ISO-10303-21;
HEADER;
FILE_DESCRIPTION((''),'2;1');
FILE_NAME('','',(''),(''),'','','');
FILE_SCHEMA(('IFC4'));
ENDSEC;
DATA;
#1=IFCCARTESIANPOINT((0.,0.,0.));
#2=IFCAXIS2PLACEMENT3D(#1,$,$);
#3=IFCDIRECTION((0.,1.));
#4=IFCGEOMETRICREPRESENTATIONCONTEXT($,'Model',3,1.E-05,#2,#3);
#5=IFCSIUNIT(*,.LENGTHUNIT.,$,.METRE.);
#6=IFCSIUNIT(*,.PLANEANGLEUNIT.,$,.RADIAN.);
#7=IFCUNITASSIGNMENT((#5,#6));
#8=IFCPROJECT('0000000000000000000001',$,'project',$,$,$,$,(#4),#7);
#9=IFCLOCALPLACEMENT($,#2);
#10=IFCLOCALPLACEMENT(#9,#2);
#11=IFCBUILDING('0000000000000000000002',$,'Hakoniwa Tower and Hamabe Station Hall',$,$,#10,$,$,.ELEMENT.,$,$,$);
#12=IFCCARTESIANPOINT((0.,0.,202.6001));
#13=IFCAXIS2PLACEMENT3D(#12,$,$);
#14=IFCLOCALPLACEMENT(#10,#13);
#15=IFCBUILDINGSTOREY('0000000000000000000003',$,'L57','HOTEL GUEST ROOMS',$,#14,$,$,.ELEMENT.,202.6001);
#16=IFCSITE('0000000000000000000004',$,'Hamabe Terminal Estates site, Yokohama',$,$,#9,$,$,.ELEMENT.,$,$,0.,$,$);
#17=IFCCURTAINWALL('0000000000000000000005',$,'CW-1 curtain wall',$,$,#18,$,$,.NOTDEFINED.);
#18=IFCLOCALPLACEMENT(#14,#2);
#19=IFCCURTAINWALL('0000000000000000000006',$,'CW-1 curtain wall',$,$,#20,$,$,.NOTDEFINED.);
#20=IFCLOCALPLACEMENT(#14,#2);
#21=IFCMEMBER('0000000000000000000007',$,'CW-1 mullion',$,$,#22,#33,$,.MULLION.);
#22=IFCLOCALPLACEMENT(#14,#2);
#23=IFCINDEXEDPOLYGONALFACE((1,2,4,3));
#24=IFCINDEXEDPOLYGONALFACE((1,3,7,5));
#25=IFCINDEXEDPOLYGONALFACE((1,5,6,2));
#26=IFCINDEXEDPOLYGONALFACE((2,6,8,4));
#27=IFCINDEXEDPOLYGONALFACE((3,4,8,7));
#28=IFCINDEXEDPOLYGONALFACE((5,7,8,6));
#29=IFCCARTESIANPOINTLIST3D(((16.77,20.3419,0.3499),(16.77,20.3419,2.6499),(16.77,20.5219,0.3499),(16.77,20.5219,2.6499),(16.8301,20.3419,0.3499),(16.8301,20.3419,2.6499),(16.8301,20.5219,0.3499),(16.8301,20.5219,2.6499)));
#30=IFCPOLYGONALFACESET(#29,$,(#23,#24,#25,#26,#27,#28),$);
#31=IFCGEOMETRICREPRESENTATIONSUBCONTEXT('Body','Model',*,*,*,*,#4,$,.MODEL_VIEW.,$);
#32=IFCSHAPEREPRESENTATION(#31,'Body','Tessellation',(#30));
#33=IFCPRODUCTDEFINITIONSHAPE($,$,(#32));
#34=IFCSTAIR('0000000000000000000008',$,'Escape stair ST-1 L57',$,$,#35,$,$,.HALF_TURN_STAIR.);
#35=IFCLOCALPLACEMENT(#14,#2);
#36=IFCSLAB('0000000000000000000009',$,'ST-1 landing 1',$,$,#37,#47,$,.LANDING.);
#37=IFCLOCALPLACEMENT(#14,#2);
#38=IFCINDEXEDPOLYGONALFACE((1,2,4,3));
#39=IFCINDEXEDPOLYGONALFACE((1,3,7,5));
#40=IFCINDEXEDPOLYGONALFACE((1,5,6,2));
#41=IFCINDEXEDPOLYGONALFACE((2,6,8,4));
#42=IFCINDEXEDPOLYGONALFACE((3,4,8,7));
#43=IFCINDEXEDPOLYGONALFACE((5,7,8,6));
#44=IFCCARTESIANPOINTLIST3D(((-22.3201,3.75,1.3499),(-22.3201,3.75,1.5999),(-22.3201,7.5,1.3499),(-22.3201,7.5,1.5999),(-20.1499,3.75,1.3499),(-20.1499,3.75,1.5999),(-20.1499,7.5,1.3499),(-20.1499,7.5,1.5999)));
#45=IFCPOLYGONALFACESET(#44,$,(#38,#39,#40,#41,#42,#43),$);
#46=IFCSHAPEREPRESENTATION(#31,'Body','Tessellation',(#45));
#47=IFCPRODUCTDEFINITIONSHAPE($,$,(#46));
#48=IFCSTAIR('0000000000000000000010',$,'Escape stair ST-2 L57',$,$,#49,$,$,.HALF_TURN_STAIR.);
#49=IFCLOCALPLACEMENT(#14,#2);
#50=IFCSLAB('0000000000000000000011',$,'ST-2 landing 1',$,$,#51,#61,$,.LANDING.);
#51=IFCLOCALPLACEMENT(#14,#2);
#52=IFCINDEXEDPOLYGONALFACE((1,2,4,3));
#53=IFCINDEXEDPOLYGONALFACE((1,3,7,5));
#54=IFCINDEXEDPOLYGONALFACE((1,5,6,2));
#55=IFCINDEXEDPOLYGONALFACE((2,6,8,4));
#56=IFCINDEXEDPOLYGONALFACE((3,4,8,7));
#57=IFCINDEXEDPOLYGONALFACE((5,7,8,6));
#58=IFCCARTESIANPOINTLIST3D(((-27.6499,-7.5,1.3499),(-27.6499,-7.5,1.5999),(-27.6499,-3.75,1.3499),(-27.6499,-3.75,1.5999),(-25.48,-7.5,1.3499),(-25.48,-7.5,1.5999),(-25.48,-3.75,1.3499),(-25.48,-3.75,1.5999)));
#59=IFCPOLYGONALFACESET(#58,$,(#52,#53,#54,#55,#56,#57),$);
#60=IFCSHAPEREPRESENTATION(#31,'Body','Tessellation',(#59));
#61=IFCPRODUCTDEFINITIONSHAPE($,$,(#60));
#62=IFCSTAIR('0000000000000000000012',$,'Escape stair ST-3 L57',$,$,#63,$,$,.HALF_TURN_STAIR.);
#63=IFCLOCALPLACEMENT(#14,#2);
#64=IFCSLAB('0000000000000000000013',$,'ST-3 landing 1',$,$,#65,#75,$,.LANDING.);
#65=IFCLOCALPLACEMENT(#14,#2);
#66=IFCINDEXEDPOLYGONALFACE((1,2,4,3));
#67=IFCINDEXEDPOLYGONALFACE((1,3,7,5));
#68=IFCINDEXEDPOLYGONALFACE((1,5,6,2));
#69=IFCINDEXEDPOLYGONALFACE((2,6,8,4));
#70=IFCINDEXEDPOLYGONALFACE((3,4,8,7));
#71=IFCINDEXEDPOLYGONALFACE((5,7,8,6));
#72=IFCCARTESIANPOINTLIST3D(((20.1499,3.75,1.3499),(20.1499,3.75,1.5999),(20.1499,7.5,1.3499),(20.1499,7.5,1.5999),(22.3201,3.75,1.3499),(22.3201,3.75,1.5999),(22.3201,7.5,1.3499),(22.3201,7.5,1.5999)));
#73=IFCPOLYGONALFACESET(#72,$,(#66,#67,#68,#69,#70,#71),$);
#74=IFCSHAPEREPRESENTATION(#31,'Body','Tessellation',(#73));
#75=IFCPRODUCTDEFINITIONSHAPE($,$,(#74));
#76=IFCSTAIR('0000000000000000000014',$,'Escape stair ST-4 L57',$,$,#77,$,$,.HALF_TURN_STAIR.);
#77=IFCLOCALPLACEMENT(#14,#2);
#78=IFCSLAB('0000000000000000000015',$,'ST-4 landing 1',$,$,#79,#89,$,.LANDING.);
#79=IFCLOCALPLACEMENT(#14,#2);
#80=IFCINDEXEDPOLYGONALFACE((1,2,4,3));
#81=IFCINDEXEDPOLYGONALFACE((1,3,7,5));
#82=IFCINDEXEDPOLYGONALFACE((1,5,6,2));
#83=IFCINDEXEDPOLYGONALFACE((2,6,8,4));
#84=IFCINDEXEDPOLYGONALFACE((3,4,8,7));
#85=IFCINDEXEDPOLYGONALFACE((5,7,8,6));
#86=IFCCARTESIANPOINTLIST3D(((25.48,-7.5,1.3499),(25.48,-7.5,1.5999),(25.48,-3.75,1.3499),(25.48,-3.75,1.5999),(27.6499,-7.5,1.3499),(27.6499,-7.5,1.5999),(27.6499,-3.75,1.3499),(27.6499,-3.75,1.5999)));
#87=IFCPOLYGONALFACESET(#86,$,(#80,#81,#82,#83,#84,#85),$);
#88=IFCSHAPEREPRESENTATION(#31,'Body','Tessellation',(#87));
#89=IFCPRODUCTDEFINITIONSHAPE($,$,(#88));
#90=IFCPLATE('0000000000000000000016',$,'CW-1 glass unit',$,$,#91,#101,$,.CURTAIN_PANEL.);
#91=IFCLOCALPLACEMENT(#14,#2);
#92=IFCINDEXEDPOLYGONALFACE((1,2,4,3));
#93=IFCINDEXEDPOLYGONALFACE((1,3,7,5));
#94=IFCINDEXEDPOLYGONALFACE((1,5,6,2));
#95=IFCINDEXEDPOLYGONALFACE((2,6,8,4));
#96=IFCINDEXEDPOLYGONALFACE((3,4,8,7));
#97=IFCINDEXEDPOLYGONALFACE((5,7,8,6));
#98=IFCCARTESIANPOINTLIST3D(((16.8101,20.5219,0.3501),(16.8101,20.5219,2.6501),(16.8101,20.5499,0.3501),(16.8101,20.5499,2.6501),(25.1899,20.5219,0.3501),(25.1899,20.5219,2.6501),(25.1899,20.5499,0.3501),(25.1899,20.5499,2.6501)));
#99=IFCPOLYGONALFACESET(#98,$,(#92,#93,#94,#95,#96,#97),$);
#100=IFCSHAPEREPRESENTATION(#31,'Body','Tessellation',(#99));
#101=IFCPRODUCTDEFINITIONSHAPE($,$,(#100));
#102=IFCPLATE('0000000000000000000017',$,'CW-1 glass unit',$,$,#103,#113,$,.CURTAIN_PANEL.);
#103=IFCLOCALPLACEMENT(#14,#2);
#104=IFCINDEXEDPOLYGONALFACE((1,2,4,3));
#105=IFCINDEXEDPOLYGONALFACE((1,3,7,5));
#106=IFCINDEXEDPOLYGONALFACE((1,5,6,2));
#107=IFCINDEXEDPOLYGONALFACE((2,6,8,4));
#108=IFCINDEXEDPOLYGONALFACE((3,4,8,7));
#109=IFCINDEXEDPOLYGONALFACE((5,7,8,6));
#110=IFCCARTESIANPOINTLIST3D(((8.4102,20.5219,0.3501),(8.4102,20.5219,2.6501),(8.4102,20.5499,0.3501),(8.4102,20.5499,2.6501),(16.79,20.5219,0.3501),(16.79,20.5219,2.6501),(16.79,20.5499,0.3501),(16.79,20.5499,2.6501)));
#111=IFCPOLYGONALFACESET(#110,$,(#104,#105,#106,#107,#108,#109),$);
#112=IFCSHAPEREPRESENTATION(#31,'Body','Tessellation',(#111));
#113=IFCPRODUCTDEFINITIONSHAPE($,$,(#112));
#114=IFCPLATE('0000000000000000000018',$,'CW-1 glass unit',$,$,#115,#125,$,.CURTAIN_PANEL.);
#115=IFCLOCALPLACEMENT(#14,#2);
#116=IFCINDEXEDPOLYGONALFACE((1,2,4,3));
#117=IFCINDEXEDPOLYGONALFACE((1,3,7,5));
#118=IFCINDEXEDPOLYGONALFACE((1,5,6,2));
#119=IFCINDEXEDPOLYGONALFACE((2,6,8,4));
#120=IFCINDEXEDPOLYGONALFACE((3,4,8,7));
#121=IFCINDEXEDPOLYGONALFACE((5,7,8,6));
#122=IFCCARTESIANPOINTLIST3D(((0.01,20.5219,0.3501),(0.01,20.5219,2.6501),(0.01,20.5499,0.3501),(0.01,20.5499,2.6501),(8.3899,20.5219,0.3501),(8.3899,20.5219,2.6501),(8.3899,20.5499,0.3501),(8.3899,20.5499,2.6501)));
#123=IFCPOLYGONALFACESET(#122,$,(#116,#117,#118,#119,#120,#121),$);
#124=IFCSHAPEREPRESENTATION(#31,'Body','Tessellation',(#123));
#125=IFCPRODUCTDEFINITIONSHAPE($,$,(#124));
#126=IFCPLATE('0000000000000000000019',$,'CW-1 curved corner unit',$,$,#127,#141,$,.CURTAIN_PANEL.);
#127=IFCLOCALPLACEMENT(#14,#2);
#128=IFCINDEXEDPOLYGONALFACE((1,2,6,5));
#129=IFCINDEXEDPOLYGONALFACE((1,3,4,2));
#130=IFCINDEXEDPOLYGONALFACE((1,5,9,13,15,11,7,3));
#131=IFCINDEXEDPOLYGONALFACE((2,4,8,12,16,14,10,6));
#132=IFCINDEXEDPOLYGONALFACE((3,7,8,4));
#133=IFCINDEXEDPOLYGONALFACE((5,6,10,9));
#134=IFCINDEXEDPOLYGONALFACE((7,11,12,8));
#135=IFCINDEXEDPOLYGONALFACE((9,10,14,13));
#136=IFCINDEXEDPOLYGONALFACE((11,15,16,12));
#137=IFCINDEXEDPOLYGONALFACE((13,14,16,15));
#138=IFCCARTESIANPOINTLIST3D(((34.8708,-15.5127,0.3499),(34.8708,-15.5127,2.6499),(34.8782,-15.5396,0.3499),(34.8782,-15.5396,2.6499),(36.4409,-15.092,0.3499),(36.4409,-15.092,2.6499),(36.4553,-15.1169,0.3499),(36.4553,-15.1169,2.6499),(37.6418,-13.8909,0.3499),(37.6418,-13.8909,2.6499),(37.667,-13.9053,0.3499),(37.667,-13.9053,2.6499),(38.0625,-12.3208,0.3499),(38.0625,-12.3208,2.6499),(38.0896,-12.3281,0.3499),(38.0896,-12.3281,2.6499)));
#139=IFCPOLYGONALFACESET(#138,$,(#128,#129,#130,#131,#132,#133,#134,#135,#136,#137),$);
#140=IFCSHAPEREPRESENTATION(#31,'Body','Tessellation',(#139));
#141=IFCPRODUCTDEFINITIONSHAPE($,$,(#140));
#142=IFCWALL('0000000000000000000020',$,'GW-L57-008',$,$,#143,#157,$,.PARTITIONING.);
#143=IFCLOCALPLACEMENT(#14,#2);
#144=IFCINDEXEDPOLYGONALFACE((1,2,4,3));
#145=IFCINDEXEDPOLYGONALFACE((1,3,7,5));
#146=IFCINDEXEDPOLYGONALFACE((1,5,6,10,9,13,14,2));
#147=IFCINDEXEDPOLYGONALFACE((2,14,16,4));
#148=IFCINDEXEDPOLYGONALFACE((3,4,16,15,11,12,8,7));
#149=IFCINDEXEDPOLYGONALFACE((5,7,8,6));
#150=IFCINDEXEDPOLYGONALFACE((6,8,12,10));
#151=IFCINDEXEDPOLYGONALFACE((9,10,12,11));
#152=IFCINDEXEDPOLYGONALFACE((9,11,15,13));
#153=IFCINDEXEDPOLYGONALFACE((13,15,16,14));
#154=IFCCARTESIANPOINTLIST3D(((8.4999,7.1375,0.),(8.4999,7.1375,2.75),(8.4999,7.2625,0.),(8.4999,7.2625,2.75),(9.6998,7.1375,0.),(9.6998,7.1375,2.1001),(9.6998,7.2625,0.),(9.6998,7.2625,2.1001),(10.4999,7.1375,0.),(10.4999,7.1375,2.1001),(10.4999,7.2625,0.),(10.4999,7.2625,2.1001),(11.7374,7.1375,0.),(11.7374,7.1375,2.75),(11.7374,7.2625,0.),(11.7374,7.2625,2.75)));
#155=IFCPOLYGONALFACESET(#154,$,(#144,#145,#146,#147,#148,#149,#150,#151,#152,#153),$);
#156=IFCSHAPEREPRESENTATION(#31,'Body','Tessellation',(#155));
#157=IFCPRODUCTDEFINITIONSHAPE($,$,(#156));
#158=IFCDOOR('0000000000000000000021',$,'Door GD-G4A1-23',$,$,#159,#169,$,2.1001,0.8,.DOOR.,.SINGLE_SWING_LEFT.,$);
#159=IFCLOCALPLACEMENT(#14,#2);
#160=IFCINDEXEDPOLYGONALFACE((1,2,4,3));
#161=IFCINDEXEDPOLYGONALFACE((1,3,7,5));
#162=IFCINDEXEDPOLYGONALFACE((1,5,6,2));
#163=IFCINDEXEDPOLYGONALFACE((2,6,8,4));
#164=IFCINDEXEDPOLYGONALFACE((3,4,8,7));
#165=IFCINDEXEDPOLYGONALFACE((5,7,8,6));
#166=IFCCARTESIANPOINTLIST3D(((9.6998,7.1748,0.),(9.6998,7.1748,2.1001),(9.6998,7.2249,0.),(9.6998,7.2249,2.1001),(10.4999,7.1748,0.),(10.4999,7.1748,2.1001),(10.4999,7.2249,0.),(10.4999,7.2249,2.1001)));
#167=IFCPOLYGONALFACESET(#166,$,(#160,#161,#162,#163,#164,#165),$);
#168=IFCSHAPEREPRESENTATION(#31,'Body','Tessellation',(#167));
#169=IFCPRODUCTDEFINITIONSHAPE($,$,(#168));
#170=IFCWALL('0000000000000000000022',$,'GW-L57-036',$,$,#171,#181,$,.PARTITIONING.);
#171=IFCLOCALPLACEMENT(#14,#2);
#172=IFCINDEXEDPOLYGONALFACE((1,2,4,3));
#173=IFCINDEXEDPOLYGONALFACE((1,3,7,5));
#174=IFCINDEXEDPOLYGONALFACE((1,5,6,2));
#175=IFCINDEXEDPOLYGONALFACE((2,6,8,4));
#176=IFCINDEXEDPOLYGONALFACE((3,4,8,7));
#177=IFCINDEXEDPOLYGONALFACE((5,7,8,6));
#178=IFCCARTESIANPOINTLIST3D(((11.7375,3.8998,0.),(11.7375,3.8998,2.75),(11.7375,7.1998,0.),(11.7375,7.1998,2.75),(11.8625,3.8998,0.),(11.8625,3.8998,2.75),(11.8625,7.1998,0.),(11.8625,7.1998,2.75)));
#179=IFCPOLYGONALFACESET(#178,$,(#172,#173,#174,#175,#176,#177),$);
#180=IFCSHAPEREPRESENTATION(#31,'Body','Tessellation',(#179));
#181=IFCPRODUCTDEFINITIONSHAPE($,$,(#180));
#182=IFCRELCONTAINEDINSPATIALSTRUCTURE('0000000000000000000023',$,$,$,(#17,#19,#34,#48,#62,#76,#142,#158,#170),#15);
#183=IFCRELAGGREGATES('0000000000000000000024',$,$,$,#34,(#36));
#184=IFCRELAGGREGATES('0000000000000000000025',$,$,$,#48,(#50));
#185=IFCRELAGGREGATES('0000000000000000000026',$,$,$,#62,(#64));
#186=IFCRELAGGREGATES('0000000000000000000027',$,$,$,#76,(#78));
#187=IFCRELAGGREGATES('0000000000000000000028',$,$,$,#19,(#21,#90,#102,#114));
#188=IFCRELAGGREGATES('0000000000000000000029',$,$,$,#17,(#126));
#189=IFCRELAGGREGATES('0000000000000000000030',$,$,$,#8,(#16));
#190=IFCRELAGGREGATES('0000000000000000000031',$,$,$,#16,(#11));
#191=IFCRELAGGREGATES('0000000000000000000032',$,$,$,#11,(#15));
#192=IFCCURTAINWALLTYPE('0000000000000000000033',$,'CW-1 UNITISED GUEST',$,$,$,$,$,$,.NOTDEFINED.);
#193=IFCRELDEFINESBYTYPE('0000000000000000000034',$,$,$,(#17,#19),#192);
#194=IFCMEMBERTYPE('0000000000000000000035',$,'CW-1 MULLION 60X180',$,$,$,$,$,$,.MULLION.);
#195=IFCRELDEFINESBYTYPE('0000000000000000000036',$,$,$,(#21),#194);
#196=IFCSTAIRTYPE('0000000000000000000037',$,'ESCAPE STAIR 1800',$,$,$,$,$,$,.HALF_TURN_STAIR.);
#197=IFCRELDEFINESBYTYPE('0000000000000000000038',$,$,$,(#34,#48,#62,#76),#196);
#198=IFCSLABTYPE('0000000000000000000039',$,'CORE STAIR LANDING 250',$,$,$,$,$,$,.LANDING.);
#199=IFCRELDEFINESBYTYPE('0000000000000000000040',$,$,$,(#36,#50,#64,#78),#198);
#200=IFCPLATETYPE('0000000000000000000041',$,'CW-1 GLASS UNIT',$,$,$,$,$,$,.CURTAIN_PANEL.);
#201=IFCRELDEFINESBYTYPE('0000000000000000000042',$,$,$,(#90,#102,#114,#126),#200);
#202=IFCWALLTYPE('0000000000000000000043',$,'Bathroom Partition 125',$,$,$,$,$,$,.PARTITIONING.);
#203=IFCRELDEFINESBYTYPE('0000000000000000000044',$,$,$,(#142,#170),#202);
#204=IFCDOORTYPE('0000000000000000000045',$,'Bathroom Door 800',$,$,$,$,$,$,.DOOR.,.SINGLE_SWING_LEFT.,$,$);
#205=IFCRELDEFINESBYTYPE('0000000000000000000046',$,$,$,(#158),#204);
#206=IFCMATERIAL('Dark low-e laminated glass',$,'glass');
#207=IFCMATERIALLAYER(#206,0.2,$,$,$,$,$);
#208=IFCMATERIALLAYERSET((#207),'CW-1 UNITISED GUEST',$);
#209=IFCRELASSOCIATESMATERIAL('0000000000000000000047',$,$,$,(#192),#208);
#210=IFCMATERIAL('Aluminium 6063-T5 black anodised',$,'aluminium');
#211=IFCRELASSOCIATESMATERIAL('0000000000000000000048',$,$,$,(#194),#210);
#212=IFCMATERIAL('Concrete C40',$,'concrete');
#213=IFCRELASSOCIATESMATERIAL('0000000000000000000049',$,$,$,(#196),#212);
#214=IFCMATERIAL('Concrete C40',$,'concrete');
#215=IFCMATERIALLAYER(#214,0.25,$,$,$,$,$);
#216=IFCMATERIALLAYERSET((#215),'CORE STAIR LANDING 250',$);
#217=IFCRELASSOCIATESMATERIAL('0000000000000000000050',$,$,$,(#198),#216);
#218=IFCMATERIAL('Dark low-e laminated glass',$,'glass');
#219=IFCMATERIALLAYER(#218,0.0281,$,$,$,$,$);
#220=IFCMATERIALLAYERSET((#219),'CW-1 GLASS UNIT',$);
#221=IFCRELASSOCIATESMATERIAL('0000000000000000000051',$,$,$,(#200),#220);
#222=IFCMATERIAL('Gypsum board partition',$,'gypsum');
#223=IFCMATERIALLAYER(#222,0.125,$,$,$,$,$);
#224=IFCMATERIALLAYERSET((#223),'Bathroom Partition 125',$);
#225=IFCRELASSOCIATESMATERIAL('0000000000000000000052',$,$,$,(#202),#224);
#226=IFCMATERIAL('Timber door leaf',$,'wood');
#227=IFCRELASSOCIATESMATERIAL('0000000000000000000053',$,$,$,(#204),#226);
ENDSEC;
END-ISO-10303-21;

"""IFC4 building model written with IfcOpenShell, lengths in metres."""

from ifc_helpers import new_model, si_unit, direction, frame, frame_2d, origin, origin_2d, place, context, subcontext, project, spatial, polyline, rectangle, outline, extrude, material, layer, layer_set, material_profile, profile_set, type_object, element, fill, aggregate, save


model = new_model("IFC4")

# Units and contexts
model_context = context("Model", 3, precision=1e-05, world=origin(), true_north=direction((0.0, 1.0)))
body_context = subcontext(model_context, "Body", "Model", "MODEL_VIEW")
ifc_project = project(units=[si_unit("LENGTHUNIT", "METRE"), si_unit("PLANEANGLEUNIT", "RADIAN")], contexts=[model_context])

# Site, building, storey
site_placement = place(None, origin())
site = spatial("IfcSite", under=ifc_project, at=site_placement, Name="Hamabe Terminal Estates site, Yokohama", CompositionType="ELEMENT", RefElevation=0.0)
building_placement = place(site_placement, origin())
building = spatial("IfcBuilding", under=site, at=building_placement, Name="Hakoniwa Tower and Hamabe Station Hall", CompositionType="ELEMENT")
storey_placement = place(building_placement, frame((0.0, 0.0, 202.6001)))
storey = spatial("IfcBuildingStorey", under=building, at=storey_placement, Name="L57", Description="HOTEL GUEST ROOMS", CompositionType="ELEMENT", Elevation=202.6001)

# Curtain walls, member
ifc_material_1 = material(Name="Dark low-e laminated glass", Category="glass")
ifc_layer_1 = layer(ifc_material_1, 0.2)
ifc_layer_set_1 = layer_set([ifc_layer_1], Name="CW-1 UNITISED GUEST")
curtain_wall_type = type_object("IfcCurtainWallType", Name="CW-1 UNITISED GUEST", PredefinedType="NOTDEFINED", material=ifc_layer_set_1)
curtain_wall_1_placement = place(storey_placement, origin())
curtain_wall_1 = element("IfcCurtainWall", 1, at=curtain_wall_1_placement, inside=storey, type_object=curtain_wall_type, Name="CW-1 curtain wall", PredefinedType="NOTDEFINED")
curtain_wall_2_placement = place(storey_placement, origin())
curtain_wall_2 = element("IfcCurtainWall", 2, at=curtain_wall_2_placement, inside=storey, type_object=curtain_wall_type, Name="CW-1 curtain wall", PredefinedType="NOTDEFINED")
ifc_material_2 = material(Name="Aluminium 6063-T5 black anodised", Category="aluminium")
ifc_material_profile_1 = material_profile(ifc_material_2, rectangle(XDim=0.0601, YDim=0.1799, at=origin_2d()), Name="CW-1 MULLION 60X180")
ifc_profile_set_1 = profile_set([ifc_material_profile_1], Name="Aluminium 6063-T5 black anodised")
member_type_1 = type_object("IfcMemberType", Name="CW-1 MULLION 60X180", PredefinedType="MULLION", material=ifc_profile_set_1)
member_1_placement = place(storey_placement, frame((16.8, 20.4319, 0.3499), z_axis=(0.0, 0.0, 1.0), x_axis=(-1.0, 0.0, 0.0)))
member_1 = element("IfcMember", 3, at=member_1_placement, type_object=member_type_1, Name="CW-1 mullion", PredefinedType="MULLION", context=body_context, shape_type="SweptSolid", body=[
    extrude(rectangle(XDim=0.0601, YDim=0.1799, at=origin_2d()), origin(), (0.0, 0.0, 1.0), 2.3),
])

# Stairs, slabs
ifc_material_3 = material(Name="Concrete C40", Category="concrete")
stair_type = type_object("IfcStairType", Name="ESCAPE STAIR 1800", PredefinedType="HALF_TURN_STAIR", material=ifc_material_3)
stair_1_placement = place(storey_placement, origin())
stair_1 = element("IfcStair", 4, at=stair_1_placement, inside=storey, type_object=stair_type, Name="Escape stair ST-1 L57", PredefinedType="HALF_TURN_STAIR")
ifc_material_4 = material(Name="Concrete C40", Category="concrete")
ifc_layer_2 = layer(ifc_material_4, 0.25)
ifc_layer_set_2 = layer_set([ifc_layer_2], Name="CORE STAIR LANDING 250")
slab_type = type_object("IfcSlabType", Name="CORE STAIR LANDING 250", PredefinedType="LANDING", material=ifc_layer_set_2)
slab_1_placement = place(storey_placement, frame((0.0, 0.0, 1.3499)))
slab_1 = element("IfcSlab", 5, at=slab_1_placement, type_object=slab_type, Name="ST-1 landing 1", PredefinedType="LANDING", context=body_context, shape_type="SweptSolid", body=[
    extrude(outline(polyline([(-22.3201, 3.75), (-20.1499, 3.75), (-20.1499, 7.5), (-22.3201, 7.5), (-22.3201, 3.75)])), origin(), (0.0, 0.0, 1.0), 0.25),
])
aggregate(stair_1, [slab_1])
stair_2_placement = place(storey_placement, origin())
stair_2 = element("IfcStair", 6, at=stair_2_placement, inside=storey, type_object=stair_type, Name="Escape stair ST-2 L57", PredefinedType="HALF_TURN_STAIR")
slab_2_placement = place(storey_placement, frame((0.0, 0.0, 1.3499)))
slab_2 = element("IfcSlab", 7, at=slab_2_placement, type_object=slab_type, Name="ST-2 landing 1", PredefinedType="LANDING", context=body_context, shape_type="SweptSolid", body=[
    extrude(outline(polyline([(-25.48, -7.5), (-27.6499, -7.5), (-27.6499, -3.75), (-25.48, -3.75), (-25.48, -7.5)])), origin(), (0.0, 0.0, 1.0), 0.25),
])
aggregate(stair_2, [slab_2])
stair_3_placement = place(storey_placement, origin())
stair_3 = element("IfcStair", 8, at=stair_3_placement, inside=storey, type_object=stair_type, Name="Escape stair ST-3 L57", PredefinedType="HALF_TURN_STAIR")
slab_3_placement = place(storey_placement, frame((0.0, 0.0, 1.3499)))
slab_3 = element("IfcSlab", 9, at=slab_3_placement, type_object=slab_type, Name="ST-3 landing 1", PredefinedType="LANDING", context=body_context, shape_type="SweptSolid", body=[
    extrude(outline(polyline([(22.3201, 3.75), (20.1499, 3.75), (20.1499, 7.5), (22.3201, 7.5), (22.3201, 3.75)])), origin(), (0.0, 0.0, 1.0), 0.25),
])
aggregate(stair_3, [slab_3])
stair_4_placement = place(storey_placement, origin())
stair_4 = element("IfcStair", 10, at=stair_4_placement, inside=storey, type_object=stair_type, Name="Escape stair ST-4 L57", PredefinedType="HALF_TURN_STAIR")
slab_4_placement = place(storey_placement, frame((0.0, 0.0, 1.3499)))
slab_4 = element("IfcSlab", 11, at=slab_4_placement, type_object=slab_type, Name="ST-4 landing 1", PredefinedType="LANDING", context=body_context, shape_type="SweptSolid", body=[
    extrude(outline(polyline([(25.48, -7.5), (27.6499, -7.5), (27.6499, -3.75), (25.48, -3.75), (25.48, -7.5)])), origin(), (0.0, 0.0, 1.0), 0.25),
])
aggregate(stair_4, [slab_4])

# Plates
ifc_material_5 = material(Name="Dark low-e laminated glass", Category="glass")
ifc_layer_3 = layer(ifc_material_5, 0.0281)
ifc_layer_set_3 = layer_set([ifc_layer_3], Name="CW-1 GLASS UNIT")
plate_type = type_object("IfcPlateType", Name="CW-1 GLASS UNIT", PredefinedType="CURTAIN_PANEL", material=ifc_layer_set_3)
plate_1_placement = place(storey_placement, frame((21.0, 20.5359, 0.3501), z_axis=(0.0, 0.0, 1.0), x_axis=(-1.0, 0.0, 0.0)))
plate_1 = element("IfcPlate", 12, at=plate_1_placement, type_object=plate_type, Name="CW-1 glass unit", PredefinedType="CURTAIN_PANEL", context=body_context, shape_type="SweptSolid", body=[
    extrude(rectangle(XDim=8.3799, YDim=0.0281, at=origin_2d()), origin(), (0.0, 0.0, 1.0), 2.3),
])
plate_2_placement = place(storey_placement, frame((12.6001, 20.5359, 0.3501), z_axis=(0.0, 0.0, 1.0), x_axis=(-1.0, 0.0, 0.0)))
plate_2 = element("IfcPlate", 13, at=plate_2_placement, type_object=plate_type, Name="CW-1 glass unit", PredefinedType="CURTAIN_PANEL", context=body_context, shape_type="SweptSolid", body=[
    extrude(rectangle(XDim=8.3799, YDim=0.0281, at=origin_2d()), origin(), (0.0, 0.0, 1.0), 2.3),
])
plate_3_placement = place(storey_placement, frame((4.2, 20.5359, 0.3501), z_axis=(0.0, 0.0, 1.0), x_axis=(-1.0, 0.0, 0.0)))
plate_3 = element("IfcPlate", 14, at=plate_3_placement, type_object=plate_type, Name="CW-1 glass unit", PredefinedType="CURTAIN_PANEL", context=body_context, shape_type="SweptSolid", body=[
    extrude(rectangle(XDim=8.3799, YDim=0.0281, at=origin_2d()), origin(), (0.0, 0.0, 1.0), 2.3),
])
aggregate(curtain_wall_2, [member_1, plate_1, plate_2, plate_3])
plate_4_placement = place(storey_placement, frame((0.0, 0.0, 0.3499)))
plate_4 = element("IfcPlate", 15, at=plate_4_placement, type_object=plate_type, Name="CW-1 curved corner unit", PredefinedType="CURTAIN_PANEL", context=body_context, shape_type="SweptSolid", body=[
    extrude(outline(polyline([(34.8782, -15.5396), (36.4553, -15.1169), (37.667, -13.9053), (38.0896, -12.3281), (38.0625, -12.3208), (37.6418, -13.8909), (36.4409, -15.092), (34.8708, -15.5127), (34.8782, -15.5396)])), origin(), (0.0, 0.0, 1.0), 2.3),
])
aggregate(curtain_wall_1, [plate_4])

# Wall, opening, door
ifc_material_6 = material(Name="Gypsum board partition", Category="gypsum")
ifc_layer_4 = layer(ifc_material_6, 0.125)
ifc_layer_set_4 = layer_set([ifc_layer_4], Name="Bathroom Partition 125")
wall_type_1 = type_object("IfcWallType", Name="Bathroom Partition 125", PredefinedType="PARTITIONING", material=ifc_layer_set_4)
wall_1_placement = place(storey_placement, frame((8.5, 7.2, 0.0), z_axis=(0.0, 0.0, 1.0), x_axis=(1.0, 0.0, 0.0)))
wall_1 = element("IfcWall", 16, at=wall_1_placement, inside=storey, type_object=wall_type_1, Name="GW-L57-008", PredefinedType="PARTITIONING", context=body_context, shape_type="SweptSolid", body=[
    extrude(rectangle(XDim=3.2375, YDim=0.125, at=frame_2d((1.6187, 0.0))), origin(), (0.0, 0.0, 1.0), 2.75),
])
opening_1_placement = place(wall_1_placement, frame((1.2, 0.0, 0.0)))
opening_1 = element("IfcOpeningElement", 17, at=opening_1_placement, cuts=wall_1, PredefinedType="OPENING", context=body_context, shape_type="SweptSolid", body=[
    extrude(rectangle(XDim=0.8, YDim=2.1001, at=frame_2d((0.3999, 1.05))), frame((0.0, 0.0725, 0.0), z_axis=(0.0, -1.0, 0.0), x_axis=(1.0, 0.0, 0.0)), (0.0, 0.0, 1.0), 0.145),
])
ifc_material_7 = material(Name="Timber door leaf", Category="wood")
door_type_1 = type_object("IfcDoorType", Name="Bathroom Door 800", OperationType="SINGLE_SWING_LEFT", PredefinedType="DOOR", material=ifc_material_7)
door_1_placement = place(opening_1_placement, origin())
door_1 = element("IfcDoor", 18, at=door_1_placement, inside=storey, type_object=door_type_1, Name="Door GD-G4A1-23", OperationType="SINGLE_SWING_LEFT", OverallHeight=2.1001, OverallWidth=0.8, PredefinedType="DOOR", context=body_context, shape_type="SweptSolid", body=[
    extrude(rectangle(XDim=0.8, YDim=2.1001, at=frame_2d((0.3999, 1.05))), frame((0.0, 0.0249, 0.0), z_axis=(0.0, -1.0, 0.0), x_axis=(1.0, 0.0, 0.0)), (0.0, 0.0, 1.0), 0.05),
])
fill(opening_1, door_1)

# Wall
wall_2_placement = place(storey_placement, frame((11.8, 3.8999, 0.0), z_axis=(0.0, 0.0, 1.0), x_axis=(0.0, 1.0, 0.0)))
element("IfcWall", 19, at=wall_2_placement, inside=storey, type_object=wall_type_1, Name="GW-L57-036", PredefinedType="PARTITIONING", context=body_context, shape_type="SweptSolid", body=[
    extrude(rectangle(XDim=3.3, YDim=0.125, at=frame_2d((1.6499, 0.0))), origin(), (0.0, 0.0, 1.0), 2.75),
])

save(model, "model.ifc")
